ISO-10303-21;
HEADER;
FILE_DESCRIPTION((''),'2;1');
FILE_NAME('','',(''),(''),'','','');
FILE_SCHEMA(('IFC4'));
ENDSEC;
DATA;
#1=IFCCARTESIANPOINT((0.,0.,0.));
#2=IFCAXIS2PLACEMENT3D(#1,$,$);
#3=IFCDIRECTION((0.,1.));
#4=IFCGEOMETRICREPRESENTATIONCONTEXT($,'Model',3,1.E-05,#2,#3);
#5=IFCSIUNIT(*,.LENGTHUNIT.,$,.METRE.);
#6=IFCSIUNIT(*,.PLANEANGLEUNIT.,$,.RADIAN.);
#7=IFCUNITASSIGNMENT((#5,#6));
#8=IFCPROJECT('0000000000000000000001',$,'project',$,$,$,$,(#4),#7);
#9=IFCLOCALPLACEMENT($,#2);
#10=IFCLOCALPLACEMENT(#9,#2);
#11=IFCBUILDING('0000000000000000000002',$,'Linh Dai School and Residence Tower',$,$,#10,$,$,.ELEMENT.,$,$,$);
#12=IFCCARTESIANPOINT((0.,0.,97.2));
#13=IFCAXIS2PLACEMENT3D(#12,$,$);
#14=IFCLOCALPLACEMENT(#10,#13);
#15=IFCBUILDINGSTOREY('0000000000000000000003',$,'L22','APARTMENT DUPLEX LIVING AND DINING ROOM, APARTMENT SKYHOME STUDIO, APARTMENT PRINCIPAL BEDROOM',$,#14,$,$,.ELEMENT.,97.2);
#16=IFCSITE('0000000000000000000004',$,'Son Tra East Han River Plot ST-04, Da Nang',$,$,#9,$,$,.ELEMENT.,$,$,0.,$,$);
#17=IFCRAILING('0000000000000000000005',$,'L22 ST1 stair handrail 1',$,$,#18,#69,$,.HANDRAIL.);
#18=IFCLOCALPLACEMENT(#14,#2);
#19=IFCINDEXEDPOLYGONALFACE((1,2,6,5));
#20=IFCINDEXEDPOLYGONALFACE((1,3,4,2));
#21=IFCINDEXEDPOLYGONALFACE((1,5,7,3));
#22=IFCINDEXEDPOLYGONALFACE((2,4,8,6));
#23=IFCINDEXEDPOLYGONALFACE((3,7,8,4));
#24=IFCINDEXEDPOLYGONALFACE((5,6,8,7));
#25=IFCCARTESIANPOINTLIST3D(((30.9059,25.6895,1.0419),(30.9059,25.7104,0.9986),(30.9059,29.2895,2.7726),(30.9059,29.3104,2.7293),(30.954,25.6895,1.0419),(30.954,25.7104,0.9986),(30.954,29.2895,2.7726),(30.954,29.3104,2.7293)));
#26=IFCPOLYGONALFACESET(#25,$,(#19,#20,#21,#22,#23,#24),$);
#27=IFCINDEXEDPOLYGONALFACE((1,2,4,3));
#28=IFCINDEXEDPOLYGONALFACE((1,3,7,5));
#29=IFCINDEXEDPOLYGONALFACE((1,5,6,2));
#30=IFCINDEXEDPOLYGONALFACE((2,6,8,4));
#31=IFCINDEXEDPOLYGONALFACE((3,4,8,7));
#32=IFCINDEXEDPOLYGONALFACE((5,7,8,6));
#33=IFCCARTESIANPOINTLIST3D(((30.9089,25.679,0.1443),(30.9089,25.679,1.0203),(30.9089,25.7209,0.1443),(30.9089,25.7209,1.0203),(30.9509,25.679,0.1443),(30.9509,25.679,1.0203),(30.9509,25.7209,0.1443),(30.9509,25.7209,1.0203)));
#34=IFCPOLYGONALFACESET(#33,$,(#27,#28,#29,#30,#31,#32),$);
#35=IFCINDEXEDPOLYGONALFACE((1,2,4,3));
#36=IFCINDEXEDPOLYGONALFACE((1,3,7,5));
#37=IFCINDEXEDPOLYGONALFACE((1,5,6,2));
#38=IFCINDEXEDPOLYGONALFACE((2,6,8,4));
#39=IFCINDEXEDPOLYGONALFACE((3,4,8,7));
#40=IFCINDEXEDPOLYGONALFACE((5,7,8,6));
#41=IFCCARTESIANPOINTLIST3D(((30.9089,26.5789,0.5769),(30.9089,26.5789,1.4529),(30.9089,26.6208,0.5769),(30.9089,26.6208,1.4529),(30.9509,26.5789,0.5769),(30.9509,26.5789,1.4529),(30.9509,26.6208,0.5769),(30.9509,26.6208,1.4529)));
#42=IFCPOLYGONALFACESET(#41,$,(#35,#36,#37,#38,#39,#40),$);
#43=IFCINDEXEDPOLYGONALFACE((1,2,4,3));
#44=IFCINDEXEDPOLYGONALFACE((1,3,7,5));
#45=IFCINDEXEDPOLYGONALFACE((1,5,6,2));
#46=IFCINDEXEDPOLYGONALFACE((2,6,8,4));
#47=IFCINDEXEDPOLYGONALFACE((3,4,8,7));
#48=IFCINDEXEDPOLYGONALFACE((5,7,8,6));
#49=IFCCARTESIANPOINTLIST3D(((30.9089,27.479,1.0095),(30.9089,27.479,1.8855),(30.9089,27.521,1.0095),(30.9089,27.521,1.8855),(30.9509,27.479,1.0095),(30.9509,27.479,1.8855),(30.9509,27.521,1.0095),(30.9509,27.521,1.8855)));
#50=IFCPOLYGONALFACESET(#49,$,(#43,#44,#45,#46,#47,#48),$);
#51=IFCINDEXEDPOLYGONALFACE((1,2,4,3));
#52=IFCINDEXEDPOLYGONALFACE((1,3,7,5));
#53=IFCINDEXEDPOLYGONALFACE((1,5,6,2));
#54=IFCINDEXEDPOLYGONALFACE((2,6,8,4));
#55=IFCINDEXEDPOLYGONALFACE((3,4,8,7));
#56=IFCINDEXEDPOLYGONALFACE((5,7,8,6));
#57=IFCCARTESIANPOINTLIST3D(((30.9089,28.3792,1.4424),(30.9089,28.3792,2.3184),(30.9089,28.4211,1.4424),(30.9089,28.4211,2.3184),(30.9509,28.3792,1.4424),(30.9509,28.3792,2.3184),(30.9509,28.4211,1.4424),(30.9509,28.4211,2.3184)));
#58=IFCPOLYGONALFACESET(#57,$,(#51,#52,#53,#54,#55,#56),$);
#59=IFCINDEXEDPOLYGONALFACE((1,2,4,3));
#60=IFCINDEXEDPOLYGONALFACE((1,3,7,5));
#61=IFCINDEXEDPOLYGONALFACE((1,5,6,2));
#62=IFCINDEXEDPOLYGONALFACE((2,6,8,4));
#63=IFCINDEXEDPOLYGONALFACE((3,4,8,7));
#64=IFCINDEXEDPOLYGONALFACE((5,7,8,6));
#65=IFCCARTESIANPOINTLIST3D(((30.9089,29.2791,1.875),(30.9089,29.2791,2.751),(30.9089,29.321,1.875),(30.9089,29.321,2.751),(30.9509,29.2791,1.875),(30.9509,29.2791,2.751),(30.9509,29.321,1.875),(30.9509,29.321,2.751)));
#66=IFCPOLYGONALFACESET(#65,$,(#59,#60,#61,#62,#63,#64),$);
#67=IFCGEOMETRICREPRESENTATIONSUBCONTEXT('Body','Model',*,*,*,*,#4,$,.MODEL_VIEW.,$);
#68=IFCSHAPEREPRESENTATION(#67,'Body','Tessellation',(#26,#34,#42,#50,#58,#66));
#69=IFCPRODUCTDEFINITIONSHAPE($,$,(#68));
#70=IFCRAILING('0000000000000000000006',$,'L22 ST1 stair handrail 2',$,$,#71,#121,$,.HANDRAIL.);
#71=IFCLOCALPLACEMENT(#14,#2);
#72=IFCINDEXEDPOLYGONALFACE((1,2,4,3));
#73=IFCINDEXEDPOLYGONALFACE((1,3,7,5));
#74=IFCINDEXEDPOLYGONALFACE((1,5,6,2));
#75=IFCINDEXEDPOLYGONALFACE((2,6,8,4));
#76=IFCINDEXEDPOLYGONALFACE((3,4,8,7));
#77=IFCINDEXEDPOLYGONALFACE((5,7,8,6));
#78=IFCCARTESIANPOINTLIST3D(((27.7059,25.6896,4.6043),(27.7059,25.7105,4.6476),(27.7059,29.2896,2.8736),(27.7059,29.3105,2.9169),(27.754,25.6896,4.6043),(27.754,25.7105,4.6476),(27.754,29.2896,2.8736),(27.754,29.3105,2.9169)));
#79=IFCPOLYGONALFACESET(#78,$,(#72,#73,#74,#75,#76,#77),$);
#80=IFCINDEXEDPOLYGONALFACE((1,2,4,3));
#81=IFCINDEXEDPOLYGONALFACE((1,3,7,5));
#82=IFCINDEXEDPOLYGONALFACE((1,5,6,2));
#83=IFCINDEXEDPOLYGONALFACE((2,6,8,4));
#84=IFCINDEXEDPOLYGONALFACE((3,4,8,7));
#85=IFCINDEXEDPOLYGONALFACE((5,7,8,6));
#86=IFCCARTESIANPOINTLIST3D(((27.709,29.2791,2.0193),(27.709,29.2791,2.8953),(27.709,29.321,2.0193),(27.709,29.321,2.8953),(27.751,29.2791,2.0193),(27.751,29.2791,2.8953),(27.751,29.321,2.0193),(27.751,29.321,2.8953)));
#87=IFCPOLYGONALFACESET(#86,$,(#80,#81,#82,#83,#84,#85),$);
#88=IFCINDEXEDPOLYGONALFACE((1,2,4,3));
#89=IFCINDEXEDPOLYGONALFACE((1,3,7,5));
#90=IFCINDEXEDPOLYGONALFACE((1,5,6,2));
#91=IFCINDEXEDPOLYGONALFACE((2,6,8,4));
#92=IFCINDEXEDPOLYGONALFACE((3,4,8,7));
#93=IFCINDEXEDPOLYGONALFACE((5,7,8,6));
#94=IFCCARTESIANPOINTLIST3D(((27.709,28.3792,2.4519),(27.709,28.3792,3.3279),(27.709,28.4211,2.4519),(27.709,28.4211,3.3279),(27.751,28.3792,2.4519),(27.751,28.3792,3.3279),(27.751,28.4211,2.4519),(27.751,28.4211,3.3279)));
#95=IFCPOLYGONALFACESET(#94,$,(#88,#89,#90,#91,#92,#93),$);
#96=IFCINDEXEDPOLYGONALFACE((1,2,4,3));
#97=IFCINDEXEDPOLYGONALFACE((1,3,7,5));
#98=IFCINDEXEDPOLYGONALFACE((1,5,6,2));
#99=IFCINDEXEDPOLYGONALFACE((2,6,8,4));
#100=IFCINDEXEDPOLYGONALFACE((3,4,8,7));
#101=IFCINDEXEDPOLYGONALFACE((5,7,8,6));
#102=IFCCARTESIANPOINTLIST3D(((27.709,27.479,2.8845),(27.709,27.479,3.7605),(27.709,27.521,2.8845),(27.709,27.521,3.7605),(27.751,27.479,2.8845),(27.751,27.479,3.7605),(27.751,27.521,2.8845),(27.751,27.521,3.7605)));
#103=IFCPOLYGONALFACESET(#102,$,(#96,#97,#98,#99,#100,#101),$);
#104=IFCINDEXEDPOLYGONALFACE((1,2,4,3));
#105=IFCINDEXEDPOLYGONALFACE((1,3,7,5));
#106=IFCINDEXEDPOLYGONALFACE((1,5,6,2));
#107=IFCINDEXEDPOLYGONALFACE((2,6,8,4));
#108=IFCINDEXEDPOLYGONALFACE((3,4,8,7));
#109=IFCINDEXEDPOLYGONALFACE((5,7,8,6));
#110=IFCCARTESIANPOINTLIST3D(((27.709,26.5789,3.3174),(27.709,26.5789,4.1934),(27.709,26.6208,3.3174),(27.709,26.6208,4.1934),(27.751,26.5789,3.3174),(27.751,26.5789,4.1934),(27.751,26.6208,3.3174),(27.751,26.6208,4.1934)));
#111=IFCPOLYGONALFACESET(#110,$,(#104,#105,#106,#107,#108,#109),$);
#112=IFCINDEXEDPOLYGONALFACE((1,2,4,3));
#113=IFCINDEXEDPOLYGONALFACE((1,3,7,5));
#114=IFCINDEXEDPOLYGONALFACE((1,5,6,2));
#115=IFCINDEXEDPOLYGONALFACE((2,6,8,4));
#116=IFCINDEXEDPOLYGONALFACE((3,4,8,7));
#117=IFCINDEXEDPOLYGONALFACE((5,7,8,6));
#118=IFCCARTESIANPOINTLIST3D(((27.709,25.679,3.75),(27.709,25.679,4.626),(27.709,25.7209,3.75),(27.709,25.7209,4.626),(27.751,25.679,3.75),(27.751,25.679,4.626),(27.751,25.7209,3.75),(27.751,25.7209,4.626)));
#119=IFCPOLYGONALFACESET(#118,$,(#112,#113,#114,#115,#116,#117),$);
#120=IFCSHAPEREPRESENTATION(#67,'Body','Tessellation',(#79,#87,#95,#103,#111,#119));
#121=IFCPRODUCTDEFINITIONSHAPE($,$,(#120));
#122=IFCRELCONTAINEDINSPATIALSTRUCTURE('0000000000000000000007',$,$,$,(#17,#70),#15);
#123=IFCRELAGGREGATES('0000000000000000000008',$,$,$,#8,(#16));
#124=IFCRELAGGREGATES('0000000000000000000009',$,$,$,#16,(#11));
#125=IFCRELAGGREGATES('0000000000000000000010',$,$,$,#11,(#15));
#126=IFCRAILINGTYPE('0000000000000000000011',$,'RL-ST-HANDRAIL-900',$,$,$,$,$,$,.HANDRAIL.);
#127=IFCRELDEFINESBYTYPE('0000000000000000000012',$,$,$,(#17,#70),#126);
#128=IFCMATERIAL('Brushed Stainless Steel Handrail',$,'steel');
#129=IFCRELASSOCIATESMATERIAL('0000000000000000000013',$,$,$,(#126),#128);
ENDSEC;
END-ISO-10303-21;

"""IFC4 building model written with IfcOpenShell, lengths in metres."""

from ifc_helpers import new_model, si_unit, direction, frame, origin, origin_2d, place, context, subcontext, project, spatial, rectangle, extrude, source, transform, mapped, material, type_object, element, save


model = new_model("IFC4")

# Units and contexts
model_context = context("Model", 3, precision=1e-05, world=origin(), true_north=direction((0.0, 1.0)))
body_context = subcontext(model_context, "Body", "Model", "MODEL_VIEW")
ifc_project = project(units=[si_unit("LENGTHUNIT", "METRE"), si_unit("PLANEANGLEUNIT", "RADIAN")], contexts=[model_context])

# Site, building, storey
site_placement = place(None, origin())
site = spatial("IfcSite", under=ifc_project, at=site_placement, Name="Son Tra East Han River Plot ST-04, Da Nang", CompositionType="ELEMENT", RefElevation=0.0)
building_placement = place(site_placement, origin())
building = spatial("IfcBuilding", under=site, at=building_placement, Name="Linh Dai School and Residence Tower", CompositionType="ELEMENT")
storey_placement = place(building_placement, frame((0.0, 0.0, 97.2)))
storey = spatial("IfcBuildingStorey", under=building, at=storey_placement, Name="L22", Description="APARTMENT DUPLEX LIVING AND DINING ROOM, APARTMENT SKYHOME STUDIO, APARTMENT PRINCIPAL BEDROOM", CompositionType="ELEMENT", Elevation=97.2)

# Railings
ifc_material_1 = material(Name="Brushed Stainless Steel Handrail", Category="steel")
railing_type_1 = type_object("IfcRailingType", Name="RL-ST-HANDRAIL-900", PredefinedType="HANDRAIL", material=ifc_material_1)
shared_shape_1 = source(origin(), body_context, "Body", "SweptSolid", [
    extrude(rectangle(XDim=0.0481, YDim=0.0481, at=origin_2d()), frame((0.0, 0.0, 0.876), z_axis=(0.0, 0.901263, 0.433273), x_axis=(-1.0, 0.0, 0.0)), (0.0, 0.0, 1.0), 3.9944),
    extrude(rectangle(XDim=0.042, YDim=0.042, at=origin_2d()), origin(), (0.0, 0.0, 1.0), 0.876),
    extrude(rectangle(XDim=0.042, YDim=0.042, at=origin_2d()), frame((0.0, 0.8999, 0.4326)), (0.0, 0.0, 1.0), 0.876),
    extrude(rectangle(XDim=0.042, YDim=0.042, at=origin_2d()), frame((0.0, 1.8, 0.8652)), (0.0, 0.0, 1.0), 0.876),
    extrude(rectangle(XDim=0.042, YDim=0.042, at=origin_2d()), frame((0.0, 2.7002, 1.2981)), (0.0, 0.0, 1.0), 0.876),
    extrude(rectangle(XDim=0.042, YDim=0.042, at=origin_2d()), frame((0.0, 3.6001, 1.7307)), (0.0, 0.0, 1.0), 0.876),
])
railing_1_placement = place(storey_placement, frame((30.9299, 25.7, 0.1443)))
element("IfcRailing", 1, at=railing_1_placement, inside=storey, type_object=railing_type_1, Name="L22 ST1 stair handrail 1", PredefinedType="HANDRAIL", context=body_context, shape_type="MappedRepresentation", body=[
    mapped(shared_shape_1, transform((0.0, 0.0, 0.0), x_axis=(1.0, 0.0, 0.0), y_axis=(0.0, 1.0, 0.0), z_axis=(0.0, 0.0, 1.0), scale=1.0)),
])
shared_shape_2 = source(origin(), body_context, "Body", "SweptSolid", [
    extrude(rectangle(XDim=0.0481, YDim=0.0481, at=origin_2d()), frame((0.0, 0.0, 0.876), z_axis=(0.0, -0.901263, 0.433273), x_axis=(1.0, 0.0, 0.0)), (0.0, 0.0, 1.0), 3.9944),
    extrude(rectangle(XDim=0.042, YDim=0.042, at=origin_2d()), origin(), (0.0, 0.0, 1.0), 0.876),
    extrude(rectangle(XDim=0.042, YDim=0.042, at=origin_2d()), frame((0.0, -0.8999, 0.4326)), (0.0, 0.0, 1.0), 0.876),
    extrude(rectangle(XDim=0.042, YDim=0.042, at=origin_2d()), frame((0.0, -1.8, 0.8652)), (0.0, 0.0, 1.0), 0.876),
    extrude(rectangle(XDim=0.042, YDim=0.042, at=origin_2d()), frame((0.0, -2.7002, 1.2981)), (0.0, 0.0, 1.0), 0.876),
    extrude(rectangle(XDim=0.042, YDim=0.042, at=origin_2d()), frame((0.0, -3.6001, 1.7307)), (0.0, 0.0, 1.0), 0.876),
])
railing_2_placement = place(storey_placement, frame((27.73, 29.3, 2.0193)))
element("IfcRailing", 2, at=railing_2_placement, inside=storey, type_object=railing_type_1, Name="L22 ST1 stair handrail 2", PredefinedType="HANDRAIL", context=body_context, shape_type="MappedRepresentation", body=[
    mapped(shared_shape_2, transform((0.0, 0.0, 0.0), x_axis=(1.0, 0.0, 0.0), y_axis=(0.0, 1.0, 0.0), z_axis=(0.0, 0.0, 1.0), scale=1.0)),
])

save(model, "model.ifc")
